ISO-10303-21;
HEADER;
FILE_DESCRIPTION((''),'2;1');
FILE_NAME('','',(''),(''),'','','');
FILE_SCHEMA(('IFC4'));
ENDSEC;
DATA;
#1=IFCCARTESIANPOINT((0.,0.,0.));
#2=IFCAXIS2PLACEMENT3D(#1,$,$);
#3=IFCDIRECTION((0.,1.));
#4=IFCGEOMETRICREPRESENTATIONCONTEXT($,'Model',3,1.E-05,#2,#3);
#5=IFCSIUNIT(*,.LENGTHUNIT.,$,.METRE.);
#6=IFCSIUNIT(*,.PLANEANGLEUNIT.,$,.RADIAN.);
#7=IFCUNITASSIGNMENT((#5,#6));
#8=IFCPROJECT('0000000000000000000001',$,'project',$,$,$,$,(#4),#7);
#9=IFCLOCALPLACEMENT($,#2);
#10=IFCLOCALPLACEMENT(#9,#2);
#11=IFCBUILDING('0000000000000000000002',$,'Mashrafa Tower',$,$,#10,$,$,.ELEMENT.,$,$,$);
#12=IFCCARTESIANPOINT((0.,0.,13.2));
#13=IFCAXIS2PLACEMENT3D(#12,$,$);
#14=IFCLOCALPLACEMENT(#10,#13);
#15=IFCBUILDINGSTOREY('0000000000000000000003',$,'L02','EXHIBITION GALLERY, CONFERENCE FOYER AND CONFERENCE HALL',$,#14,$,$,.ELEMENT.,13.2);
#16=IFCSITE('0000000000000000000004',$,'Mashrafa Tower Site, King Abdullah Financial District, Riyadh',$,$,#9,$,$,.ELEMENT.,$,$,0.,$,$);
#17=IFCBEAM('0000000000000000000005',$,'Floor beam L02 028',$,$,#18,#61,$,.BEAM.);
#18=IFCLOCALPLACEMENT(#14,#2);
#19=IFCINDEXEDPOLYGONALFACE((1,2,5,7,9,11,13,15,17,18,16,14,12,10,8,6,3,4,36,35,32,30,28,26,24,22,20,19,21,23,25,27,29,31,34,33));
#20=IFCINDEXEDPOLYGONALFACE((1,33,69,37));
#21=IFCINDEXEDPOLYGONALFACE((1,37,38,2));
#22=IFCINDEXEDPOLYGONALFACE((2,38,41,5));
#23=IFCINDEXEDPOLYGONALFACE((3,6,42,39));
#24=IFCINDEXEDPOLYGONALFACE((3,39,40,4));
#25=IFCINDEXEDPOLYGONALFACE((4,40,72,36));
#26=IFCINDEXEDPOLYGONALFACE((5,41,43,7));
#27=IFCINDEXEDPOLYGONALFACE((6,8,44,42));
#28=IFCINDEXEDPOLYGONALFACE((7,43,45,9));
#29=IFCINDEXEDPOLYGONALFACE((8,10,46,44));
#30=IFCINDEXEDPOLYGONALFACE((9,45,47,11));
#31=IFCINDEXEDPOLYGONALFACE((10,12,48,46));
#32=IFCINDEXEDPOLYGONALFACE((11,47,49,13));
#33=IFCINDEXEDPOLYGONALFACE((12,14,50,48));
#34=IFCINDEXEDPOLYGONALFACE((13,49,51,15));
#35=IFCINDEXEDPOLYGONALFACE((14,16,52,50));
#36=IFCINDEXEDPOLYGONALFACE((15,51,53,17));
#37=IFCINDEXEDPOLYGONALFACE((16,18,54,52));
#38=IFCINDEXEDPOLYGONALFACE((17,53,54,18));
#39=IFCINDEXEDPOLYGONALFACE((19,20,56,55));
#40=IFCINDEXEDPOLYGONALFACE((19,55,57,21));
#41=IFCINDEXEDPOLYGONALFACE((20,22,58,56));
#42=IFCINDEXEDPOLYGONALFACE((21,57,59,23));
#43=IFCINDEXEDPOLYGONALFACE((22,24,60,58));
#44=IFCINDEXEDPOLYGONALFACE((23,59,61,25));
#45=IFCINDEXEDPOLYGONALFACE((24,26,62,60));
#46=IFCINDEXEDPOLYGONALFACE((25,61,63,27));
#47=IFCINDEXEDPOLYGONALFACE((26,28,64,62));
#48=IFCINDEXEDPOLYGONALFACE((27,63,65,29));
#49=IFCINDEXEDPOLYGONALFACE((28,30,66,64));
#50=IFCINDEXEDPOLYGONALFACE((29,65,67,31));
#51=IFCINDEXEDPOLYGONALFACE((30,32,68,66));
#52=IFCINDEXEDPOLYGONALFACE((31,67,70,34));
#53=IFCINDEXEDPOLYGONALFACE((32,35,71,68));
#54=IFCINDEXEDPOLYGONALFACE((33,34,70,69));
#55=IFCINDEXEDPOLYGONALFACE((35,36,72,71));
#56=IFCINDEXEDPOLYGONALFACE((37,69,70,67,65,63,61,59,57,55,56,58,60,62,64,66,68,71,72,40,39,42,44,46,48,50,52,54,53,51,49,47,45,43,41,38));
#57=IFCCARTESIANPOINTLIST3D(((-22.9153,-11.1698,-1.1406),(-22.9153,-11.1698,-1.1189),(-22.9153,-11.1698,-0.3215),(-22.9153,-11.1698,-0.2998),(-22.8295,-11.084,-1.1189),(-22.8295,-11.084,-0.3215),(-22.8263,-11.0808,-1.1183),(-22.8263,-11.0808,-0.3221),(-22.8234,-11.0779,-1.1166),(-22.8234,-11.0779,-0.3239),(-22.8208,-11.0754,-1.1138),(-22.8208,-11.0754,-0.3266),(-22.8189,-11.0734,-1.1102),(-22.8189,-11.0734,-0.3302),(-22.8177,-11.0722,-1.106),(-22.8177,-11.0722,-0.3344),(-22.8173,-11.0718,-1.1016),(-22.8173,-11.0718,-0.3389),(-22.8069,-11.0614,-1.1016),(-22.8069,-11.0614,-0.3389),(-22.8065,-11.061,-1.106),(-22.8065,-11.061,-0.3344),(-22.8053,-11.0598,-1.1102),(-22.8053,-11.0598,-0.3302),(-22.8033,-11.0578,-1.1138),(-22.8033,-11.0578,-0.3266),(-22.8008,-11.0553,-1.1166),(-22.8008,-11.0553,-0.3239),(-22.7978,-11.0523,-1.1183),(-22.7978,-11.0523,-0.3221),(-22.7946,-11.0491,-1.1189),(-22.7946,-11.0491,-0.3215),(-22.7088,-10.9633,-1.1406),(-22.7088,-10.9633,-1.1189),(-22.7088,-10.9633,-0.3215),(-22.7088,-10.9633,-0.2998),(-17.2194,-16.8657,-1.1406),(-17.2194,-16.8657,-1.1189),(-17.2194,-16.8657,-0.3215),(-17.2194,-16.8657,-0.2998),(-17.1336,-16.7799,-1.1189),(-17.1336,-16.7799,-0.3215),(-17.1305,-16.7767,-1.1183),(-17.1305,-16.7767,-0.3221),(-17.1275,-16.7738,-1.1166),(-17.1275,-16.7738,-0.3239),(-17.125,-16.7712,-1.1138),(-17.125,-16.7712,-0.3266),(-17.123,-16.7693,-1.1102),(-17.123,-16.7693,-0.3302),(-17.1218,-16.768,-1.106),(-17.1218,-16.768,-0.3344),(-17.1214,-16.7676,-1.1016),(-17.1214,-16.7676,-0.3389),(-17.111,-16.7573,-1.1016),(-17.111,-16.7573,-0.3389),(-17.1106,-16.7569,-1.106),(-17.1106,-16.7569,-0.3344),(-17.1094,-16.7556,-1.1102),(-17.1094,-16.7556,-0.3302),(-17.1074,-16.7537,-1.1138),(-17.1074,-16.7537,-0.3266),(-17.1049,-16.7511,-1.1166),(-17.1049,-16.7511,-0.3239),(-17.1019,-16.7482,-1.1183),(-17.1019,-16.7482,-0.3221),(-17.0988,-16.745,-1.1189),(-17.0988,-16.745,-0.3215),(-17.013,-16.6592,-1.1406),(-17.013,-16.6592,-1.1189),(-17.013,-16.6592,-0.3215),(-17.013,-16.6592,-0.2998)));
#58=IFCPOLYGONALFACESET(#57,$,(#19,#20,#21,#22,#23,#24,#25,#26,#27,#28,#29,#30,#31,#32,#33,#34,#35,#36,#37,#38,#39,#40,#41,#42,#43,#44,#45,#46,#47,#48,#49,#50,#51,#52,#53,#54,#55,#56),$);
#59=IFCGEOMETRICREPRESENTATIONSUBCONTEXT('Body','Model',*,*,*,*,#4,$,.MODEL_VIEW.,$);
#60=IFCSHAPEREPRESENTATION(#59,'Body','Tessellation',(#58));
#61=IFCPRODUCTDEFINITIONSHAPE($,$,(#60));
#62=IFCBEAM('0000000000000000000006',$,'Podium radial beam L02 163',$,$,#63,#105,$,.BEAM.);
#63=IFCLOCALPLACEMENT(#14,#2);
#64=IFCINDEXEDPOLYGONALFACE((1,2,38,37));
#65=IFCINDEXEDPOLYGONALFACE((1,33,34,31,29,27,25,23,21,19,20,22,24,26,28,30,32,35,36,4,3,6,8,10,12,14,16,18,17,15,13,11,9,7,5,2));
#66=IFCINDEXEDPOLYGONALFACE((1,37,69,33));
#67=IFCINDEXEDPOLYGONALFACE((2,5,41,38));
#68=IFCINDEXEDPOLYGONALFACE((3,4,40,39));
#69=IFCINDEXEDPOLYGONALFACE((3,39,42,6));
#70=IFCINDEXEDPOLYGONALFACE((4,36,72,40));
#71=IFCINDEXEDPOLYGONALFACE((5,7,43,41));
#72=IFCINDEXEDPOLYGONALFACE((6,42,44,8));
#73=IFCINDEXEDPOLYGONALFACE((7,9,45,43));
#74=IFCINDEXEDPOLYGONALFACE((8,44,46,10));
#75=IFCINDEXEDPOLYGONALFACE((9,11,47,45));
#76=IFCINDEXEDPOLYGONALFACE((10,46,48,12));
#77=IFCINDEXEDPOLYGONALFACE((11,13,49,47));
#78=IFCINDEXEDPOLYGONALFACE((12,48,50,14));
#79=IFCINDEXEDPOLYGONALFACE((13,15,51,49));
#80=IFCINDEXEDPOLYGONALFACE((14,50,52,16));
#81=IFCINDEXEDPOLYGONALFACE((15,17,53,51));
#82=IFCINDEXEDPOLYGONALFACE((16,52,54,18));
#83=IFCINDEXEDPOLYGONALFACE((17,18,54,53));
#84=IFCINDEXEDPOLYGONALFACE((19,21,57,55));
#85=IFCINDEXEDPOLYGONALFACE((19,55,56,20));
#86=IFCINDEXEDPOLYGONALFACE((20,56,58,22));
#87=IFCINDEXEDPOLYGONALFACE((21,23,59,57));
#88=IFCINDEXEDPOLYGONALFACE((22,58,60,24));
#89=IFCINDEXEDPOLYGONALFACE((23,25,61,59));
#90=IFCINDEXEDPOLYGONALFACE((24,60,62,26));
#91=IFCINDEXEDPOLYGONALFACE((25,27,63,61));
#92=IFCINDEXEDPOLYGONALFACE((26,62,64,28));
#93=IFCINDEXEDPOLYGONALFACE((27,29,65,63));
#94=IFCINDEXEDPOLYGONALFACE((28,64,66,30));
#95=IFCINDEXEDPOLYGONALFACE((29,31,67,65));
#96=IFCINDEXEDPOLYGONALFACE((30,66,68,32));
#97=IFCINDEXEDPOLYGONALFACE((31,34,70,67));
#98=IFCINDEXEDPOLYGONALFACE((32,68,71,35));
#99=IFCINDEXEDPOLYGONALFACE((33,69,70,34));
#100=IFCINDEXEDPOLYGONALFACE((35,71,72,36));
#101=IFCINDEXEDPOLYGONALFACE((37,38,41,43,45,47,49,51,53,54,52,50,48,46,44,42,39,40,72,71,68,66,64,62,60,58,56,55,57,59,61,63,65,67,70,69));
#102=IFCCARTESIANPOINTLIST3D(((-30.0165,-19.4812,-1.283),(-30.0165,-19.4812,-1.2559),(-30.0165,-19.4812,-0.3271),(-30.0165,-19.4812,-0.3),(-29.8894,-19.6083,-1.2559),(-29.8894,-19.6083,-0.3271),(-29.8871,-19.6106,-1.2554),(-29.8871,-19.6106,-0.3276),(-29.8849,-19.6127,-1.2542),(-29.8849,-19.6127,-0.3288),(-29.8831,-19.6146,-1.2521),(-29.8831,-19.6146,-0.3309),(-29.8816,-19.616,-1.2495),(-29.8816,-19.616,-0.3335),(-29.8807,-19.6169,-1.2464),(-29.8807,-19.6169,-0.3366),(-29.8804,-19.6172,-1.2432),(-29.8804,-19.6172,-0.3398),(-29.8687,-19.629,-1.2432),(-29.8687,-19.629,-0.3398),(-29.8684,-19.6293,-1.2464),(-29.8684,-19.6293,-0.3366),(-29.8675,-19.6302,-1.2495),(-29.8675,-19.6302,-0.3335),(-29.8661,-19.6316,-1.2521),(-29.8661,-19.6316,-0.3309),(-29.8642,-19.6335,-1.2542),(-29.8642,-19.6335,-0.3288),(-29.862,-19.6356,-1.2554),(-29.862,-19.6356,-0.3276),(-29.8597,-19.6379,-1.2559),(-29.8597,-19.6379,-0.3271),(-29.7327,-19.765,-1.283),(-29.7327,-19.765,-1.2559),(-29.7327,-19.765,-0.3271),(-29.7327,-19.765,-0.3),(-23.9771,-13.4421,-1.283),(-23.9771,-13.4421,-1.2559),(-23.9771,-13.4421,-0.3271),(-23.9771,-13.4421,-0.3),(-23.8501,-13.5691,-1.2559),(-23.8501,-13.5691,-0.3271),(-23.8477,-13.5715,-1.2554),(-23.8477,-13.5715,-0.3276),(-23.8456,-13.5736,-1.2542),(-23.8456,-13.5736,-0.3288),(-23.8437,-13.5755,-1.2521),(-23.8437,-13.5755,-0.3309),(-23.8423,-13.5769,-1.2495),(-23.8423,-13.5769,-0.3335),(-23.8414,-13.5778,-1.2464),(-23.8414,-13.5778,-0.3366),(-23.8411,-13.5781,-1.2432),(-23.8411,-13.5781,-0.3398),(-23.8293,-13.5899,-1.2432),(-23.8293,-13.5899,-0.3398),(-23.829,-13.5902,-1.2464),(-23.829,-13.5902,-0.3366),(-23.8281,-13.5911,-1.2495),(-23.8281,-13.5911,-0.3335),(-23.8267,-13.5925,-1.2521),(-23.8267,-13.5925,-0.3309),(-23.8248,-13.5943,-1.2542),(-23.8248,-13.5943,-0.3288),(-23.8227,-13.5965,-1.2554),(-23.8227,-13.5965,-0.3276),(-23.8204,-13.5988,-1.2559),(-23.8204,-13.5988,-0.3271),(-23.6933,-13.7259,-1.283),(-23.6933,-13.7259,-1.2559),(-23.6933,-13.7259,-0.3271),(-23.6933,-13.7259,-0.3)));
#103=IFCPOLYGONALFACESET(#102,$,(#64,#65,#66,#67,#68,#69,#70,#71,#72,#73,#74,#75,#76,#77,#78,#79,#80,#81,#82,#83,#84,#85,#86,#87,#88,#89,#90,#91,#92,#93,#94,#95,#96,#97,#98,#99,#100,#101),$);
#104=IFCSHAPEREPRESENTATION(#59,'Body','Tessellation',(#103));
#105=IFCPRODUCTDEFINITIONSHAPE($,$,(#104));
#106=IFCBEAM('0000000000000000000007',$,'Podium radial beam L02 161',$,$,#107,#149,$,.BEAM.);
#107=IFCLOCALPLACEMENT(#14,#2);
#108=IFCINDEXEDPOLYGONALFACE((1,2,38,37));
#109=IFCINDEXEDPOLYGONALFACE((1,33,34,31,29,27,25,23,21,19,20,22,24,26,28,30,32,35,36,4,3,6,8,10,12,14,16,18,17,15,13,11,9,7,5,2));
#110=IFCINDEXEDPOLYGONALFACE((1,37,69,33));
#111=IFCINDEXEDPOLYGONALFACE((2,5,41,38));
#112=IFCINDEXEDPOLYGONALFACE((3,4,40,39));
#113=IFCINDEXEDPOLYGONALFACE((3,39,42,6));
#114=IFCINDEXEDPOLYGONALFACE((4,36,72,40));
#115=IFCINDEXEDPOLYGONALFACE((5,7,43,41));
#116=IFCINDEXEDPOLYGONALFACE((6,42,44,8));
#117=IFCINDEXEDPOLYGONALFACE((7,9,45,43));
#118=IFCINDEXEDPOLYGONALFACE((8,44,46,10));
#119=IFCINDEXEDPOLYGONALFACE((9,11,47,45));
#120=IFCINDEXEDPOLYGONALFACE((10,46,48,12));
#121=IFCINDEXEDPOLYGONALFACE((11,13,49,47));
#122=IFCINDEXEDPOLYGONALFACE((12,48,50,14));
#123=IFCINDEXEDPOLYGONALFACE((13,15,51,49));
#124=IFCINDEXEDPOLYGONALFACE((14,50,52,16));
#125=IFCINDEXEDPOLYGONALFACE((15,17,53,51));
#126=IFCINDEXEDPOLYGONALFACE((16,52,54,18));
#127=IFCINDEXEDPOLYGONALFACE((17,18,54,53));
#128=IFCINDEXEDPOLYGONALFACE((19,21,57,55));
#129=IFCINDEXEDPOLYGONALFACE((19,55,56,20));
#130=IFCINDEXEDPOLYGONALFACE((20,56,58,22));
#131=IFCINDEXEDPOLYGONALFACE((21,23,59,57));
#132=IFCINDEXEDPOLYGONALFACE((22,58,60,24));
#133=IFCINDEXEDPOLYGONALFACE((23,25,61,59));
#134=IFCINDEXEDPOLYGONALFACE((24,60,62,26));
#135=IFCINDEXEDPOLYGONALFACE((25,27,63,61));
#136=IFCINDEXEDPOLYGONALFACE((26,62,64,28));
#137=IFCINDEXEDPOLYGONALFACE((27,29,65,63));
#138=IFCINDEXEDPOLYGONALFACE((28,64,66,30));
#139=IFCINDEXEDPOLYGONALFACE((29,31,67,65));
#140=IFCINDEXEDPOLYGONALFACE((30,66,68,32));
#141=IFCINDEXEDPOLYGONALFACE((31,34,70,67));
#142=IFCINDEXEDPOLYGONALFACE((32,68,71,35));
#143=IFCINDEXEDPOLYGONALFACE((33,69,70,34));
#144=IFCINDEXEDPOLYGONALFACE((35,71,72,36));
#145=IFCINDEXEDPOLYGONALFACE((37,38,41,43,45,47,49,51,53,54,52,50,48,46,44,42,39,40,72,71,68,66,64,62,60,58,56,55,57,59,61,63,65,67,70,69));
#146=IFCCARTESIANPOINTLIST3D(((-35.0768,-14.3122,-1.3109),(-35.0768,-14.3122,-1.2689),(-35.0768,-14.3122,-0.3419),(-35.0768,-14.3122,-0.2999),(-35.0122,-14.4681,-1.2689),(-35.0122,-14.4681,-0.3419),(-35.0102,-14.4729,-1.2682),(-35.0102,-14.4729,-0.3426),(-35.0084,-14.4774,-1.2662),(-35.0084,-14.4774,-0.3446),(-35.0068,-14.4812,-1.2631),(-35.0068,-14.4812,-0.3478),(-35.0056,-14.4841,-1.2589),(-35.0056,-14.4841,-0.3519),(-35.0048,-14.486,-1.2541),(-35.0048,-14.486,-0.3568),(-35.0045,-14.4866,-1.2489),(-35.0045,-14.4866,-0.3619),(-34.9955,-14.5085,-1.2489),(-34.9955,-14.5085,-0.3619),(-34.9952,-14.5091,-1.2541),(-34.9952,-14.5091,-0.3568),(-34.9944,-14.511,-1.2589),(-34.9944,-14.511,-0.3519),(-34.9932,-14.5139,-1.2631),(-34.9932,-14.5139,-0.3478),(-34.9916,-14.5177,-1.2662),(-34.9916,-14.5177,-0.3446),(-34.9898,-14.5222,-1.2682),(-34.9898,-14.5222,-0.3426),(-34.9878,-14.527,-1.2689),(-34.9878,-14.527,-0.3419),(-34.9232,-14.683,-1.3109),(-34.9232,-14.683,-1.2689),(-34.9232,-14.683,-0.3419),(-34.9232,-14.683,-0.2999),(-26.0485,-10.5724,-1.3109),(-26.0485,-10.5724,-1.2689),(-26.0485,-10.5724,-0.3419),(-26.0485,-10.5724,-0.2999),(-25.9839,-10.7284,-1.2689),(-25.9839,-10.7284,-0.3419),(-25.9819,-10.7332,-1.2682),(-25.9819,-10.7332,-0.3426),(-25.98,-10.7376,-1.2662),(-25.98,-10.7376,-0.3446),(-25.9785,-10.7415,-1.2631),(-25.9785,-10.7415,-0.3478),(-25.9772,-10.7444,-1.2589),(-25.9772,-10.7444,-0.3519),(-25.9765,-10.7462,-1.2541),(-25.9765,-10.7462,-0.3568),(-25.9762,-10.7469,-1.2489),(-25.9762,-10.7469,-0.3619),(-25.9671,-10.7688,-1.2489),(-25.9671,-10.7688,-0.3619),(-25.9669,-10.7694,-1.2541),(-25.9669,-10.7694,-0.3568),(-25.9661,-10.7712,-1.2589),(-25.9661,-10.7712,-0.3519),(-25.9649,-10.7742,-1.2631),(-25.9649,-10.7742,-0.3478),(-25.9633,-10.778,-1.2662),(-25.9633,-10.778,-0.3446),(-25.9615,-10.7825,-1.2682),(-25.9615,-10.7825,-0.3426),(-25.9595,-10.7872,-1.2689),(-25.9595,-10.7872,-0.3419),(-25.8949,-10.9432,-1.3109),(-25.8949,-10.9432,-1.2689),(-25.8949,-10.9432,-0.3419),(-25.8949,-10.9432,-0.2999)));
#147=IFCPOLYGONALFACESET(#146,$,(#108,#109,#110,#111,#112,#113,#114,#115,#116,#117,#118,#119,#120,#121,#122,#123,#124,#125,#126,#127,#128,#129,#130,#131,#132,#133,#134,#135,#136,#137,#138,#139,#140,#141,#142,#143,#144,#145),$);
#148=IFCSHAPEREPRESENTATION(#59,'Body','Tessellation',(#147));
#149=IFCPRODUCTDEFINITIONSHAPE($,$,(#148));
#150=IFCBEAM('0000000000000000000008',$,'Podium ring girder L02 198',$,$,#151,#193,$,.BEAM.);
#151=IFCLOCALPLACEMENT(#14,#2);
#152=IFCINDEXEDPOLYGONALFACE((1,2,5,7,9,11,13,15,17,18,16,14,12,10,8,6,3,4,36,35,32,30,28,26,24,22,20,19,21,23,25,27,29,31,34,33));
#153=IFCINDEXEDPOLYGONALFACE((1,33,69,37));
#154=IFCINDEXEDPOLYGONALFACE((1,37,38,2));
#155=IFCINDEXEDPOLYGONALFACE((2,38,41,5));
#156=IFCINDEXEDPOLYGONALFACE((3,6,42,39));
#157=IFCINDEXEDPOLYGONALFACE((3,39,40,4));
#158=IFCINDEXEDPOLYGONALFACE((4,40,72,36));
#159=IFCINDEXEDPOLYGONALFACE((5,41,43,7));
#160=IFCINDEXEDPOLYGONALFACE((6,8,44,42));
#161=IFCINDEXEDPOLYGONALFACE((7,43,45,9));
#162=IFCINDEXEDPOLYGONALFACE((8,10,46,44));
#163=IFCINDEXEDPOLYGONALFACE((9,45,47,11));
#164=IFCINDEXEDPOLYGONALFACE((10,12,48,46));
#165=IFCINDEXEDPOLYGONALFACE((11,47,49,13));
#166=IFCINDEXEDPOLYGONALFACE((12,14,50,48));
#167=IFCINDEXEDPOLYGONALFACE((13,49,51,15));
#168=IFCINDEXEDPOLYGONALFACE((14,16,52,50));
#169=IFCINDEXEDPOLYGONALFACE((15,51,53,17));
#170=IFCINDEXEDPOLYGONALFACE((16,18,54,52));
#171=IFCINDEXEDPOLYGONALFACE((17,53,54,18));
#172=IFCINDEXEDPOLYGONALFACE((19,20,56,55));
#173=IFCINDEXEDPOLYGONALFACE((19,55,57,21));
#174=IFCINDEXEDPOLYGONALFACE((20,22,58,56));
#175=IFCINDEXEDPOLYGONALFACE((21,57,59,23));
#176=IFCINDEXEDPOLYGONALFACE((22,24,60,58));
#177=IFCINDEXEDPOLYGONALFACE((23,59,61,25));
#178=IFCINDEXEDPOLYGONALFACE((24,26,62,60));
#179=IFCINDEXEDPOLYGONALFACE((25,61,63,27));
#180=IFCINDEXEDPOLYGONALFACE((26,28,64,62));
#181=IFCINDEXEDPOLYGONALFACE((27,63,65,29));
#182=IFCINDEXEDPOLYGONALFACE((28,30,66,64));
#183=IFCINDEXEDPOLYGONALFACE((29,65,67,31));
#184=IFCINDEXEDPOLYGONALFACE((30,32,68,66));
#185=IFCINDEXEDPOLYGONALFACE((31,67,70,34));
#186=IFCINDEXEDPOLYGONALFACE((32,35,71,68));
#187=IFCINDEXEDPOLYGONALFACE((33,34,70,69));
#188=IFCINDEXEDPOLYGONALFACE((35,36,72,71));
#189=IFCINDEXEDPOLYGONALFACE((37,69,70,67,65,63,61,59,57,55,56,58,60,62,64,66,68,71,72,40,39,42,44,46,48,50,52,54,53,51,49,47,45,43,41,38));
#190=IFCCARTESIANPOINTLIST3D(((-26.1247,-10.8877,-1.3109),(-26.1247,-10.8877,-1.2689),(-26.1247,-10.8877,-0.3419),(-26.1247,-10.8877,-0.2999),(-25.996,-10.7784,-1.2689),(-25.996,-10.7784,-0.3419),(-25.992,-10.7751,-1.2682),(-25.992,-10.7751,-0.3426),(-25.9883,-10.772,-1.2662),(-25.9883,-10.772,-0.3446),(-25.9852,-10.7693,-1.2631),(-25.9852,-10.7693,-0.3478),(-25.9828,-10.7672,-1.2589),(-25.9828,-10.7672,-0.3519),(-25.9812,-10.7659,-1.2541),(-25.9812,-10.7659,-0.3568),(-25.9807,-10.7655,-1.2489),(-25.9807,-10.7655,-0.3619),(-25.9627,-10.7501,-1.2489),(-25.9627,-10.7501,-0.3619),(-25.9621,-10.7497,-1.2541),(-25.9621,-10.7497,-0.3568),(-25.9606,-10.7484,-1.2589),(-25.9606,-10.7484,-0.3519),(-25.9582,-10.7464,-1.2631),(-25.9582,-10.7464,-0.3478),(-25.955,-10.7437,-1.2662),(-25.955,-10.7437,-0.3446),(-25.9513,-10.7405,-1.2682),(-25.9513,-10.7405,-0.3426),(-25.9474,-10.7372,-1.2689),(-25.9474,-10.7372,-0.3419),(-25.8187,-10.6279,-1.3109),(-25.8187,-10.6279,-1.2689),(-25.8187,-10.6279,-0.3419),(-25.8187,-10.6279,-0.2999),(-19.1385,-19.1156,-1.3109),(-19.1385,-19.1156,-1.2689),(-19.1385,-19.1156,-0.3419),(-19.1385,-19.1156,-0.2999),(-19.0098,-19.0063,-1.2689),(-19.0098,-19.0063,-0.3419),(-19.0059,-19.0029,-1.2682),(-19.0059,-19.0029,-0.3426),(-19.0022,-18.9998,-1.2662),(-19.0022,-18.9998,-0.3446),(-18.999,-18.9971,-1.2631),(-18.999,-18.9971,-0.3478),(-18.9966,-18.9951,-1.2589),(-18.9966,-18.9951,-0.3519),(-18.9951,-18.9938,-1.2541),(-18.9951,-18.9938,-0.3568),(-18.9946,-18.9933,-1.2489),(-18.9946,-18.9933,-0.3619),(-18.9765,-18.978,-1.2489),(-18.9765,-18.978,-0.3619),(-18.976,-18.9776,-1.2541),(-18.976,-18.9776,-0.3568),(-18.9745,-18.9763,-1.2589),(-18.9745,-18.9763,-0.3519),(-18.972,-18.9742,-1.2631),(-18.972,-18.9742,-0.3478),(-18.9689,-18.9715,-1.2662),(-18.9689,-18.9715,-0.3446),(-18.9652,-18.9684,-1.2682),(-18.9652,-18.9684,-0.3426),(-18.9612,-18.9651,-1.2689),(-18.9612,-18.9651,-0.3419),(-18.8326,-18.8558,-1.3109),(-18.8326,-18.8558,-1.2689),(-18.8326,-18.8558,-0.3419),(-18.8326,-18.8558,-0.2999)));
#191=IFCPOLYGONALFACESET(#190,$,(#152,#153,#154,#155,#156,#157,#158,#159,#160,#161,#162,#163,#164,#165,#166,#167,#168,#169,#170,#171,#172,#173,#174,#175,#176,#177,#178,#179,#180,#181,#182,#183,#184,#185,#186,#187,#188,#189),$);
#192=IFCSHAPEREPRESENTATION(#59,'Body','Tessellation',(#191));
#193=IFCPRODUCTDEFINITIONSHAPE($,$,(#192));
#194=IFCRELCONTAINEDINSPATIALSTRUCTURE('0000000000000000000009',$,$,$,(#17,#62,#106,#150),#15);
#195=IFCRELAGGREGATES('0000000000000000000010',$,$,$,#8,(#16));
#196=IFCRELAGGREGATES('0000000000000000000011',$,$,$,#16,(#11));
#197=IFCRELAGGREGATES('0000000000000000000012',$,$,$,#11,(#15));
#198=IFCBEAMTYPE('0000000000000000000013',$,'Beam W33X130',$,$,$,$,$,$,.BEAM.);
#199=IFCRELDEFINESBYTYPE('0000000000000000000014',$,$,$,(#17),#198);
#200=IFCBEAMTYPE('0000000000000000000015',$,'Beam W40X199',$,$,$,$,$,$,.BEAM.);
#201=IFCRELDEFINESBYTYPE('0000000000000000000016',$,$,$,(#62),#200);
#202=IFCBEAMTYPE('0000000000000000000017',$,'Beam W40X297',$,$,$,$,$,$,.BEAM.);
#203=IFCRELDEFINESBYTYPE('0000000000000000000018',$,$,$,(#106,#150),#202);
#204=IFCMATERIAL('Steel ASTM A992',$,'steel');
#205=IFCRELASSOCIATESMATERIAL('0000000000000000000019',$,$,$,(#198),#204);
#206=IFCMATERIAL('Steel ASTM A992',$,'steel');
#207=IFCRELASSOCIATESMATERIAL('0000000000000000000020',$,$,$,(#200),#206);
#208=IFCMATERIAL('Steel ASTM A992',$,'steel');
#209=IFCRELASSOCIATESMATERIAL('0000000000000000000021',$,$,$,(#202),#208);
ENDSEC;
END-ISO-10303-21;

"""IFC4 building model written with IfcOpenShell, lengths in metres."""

from ifc_helpers import new_model, si_unit, direction, frame, origin, origin_2d, place, context, subcontext, project, spatial, i_section, extrude, material, material_profile, profile_set, type_object, element, save


model = new_model("IFC4")

# Units and contexts
model_context = context("Model", 3, precision=1e-05, world=origin(), true_north=direction((0.0, 1.0)))
body_context = subcontext(model_context, "Body", "Model", "MODEL_VIEW")
ifc_project = project(units=[si_unit("LENGTHUNIT", "METRE"), si_unit("PLANEANGLEUNIT", "RADIAN")], contexts=[model_context])

# Site, building, storey
site_placement = place(None, origin())
site = spatial("IfcSite", under=ifc_project, at=site_placement, Name="Mashrafa Tower Site, King Abdullah Financial District, Riyadh", CompositionType="ELEMENT", RefElevation=0.0)
building_placement = place(site_placement, origin())
building = spatial("IfcBuilding", under=site, at=building_placement, Name="Mashrafa Tower", CompositionType="ELEMENT")
storey_placement = place(building_placement, frame((0.0, 0.0, 13.2)))
storey = spatial("IfcBuildingStorey", under=building, at=storey_placement, Name="L02", Description="EXHIBITION GALLERY, CONFERENCE FOYER AND CONFERENCE HALL", CompositionType="ELEMENT", Elevation=13.2)

# Beams
ifc_material_1 = material(Name="Steel ASTM A992", Category="steel")
ifc_material_profile_1 = material_profile(ifc_material_1, i_section(OverallWidth=0.292, OverallDepth=0.8408, WebThickness=0.0146, FlangeThickness=0.0217, FilletRadius=0.0173, at=origin_2d()), Name="W33X130")
ifc_profile_set_1 = profile_set([ifc_material_profile_1], Name="Steel ASTM A992")
beam_type_1 = type_object("IfcBeamType", Name="Beam W33X130", PredefinedType="BEAM", material=ifc_profile_set_1)
beam_1_placement = place(storey_placement, frame((-17.1162, -16.7625, -0.7202), z_axis=(-0.707107, 0.707107, 0.0), x_axis=(-0.707107, -0.707107, 0.0)))
element("IfcBeam", 1, at=beam_1_placement, inside=storey, type_object=beam_type_1, Name="Floor beam L02 028", PredefinedType="BEAM", context=body_context, shape_type="SweptSolid", body=[
    extrude(i_section(OverallWidth=0.292, OverallDepth=0.8408, WebThickness=0.0146, FlangeThickness=0.0217, FilletRadius=0.0173, at=origin_2d()), origin(), (0.0, 0.0, 1.0), 8.0552),
])
ifc_material_2 = material(Name="Steel ASTM A992", Category="steel")
ifc_material_profile_2 = material_profile(ifc_material_2, i_section(OverallWidth=0.4014, OverallDepth=0.9829, WebThickness=0.0166, FlangeThickness=0.0271, FilletRadius=0.0127, at=origin_2d()), Name="W40X199")
ifc_profile_set_2 = profile_set([ifc_material_profile_2], Name="Steel ASTM A992")
beam_type_2 = type_object("IfcBeamType", Name="Beam W40X199", PredefinedType="BEAM", material=ifc_profile_set_2)
beam_2_placement = place(storey_placement, frame((-23.8352, -13.584, -0.7915), z_axis=(-0.707121, -0.707092, 0.0), x_axis=(0.707092, -0.707121, 0.0)))
element("IfcBeam", 2, at=beam_2_placement, inside=storey, type_object=beam_type_2, Name="Podium radial beam L02 163", PredefinedType="BEAM", context=body_context, shape_type="SweptSolid", body=[
    extrude(i_section(OverallWidth=0.4014, OverallDepth=0.9829, WebThickness=0.0166, FlangeThickness=0.0271, FilletRadius=0.0127, at=origin_2d()), origin(), (0.0, 0.0, 1.0), 8.5408),
])
ifc_material_3 = material(Name="Steel ASTM A992", Category="steel")
ifc_material_profile_3 = material_profile(ifc_material_3, i_section(OverallWidth=0.4014, OverallDepth=1.011, WebThickness=0.0237, FlangeThickness=0.042, FilletRadius=0.02, at=origin_2d()), Name="W40X297")
ifc_profile_set_3 = profile_set([ifc_material_profile_3], Name="Steel ASTM A992")
beam_type_3 = type_object("IfcBeamType", Name="Beam W40X297", PredefinedType="BEAM", material=ifc_profile_set_3)
beam_3_placement = place(storey_placement, frame((-25.9717, -10.7578, -0.8054), z_axis=(-0.923876, -0.382692, 0.0), x_axis=(0.382692, -0.923876, 0.0)))
element("IfcBeam", 3, at=beam_3_placement, inside=storey, type_object=beam_type_3, Name="Podium radial beam L02 161", PredefinedType="BEAM", context=body_context, shape_type="SweptSolid", body=[
    extrude(i_section(OverallWidth=0.4014, OverallDepth=1.011, WebThickness=0.0237, FlangeThickness=0.042, FilletRadius=0.02, at=origin_2d()), origin(), (0.0, 0.0, 1.0), 9.7722),
])
beam_4_placement = place(storey_placement, frame((-25.9717, -10.7578, -0.8054), z_axis=(0.647243, -0.762284, 0.0), x_axis=(0.762284, 0.647243, 0.0)))
element("IfcBeam", 4, at=beam_4_placement, inside=storey, type_object=beam_type_3, Name="Podium ring girder L02 198", PredefinedType="BEAM", context=body_context, shape_type="SweptSolid", body=[
    extrude(i_section(OverallWidth=0.4014, OverallDepth=1.011, WebThickness=0.0237, FlangeThickness=0.042, FilletRadius=0.02, at=origin_2d()), origin(), (0.0, 0.0, 1.0), 10.7937),
])

save(model, "model.ifc")
